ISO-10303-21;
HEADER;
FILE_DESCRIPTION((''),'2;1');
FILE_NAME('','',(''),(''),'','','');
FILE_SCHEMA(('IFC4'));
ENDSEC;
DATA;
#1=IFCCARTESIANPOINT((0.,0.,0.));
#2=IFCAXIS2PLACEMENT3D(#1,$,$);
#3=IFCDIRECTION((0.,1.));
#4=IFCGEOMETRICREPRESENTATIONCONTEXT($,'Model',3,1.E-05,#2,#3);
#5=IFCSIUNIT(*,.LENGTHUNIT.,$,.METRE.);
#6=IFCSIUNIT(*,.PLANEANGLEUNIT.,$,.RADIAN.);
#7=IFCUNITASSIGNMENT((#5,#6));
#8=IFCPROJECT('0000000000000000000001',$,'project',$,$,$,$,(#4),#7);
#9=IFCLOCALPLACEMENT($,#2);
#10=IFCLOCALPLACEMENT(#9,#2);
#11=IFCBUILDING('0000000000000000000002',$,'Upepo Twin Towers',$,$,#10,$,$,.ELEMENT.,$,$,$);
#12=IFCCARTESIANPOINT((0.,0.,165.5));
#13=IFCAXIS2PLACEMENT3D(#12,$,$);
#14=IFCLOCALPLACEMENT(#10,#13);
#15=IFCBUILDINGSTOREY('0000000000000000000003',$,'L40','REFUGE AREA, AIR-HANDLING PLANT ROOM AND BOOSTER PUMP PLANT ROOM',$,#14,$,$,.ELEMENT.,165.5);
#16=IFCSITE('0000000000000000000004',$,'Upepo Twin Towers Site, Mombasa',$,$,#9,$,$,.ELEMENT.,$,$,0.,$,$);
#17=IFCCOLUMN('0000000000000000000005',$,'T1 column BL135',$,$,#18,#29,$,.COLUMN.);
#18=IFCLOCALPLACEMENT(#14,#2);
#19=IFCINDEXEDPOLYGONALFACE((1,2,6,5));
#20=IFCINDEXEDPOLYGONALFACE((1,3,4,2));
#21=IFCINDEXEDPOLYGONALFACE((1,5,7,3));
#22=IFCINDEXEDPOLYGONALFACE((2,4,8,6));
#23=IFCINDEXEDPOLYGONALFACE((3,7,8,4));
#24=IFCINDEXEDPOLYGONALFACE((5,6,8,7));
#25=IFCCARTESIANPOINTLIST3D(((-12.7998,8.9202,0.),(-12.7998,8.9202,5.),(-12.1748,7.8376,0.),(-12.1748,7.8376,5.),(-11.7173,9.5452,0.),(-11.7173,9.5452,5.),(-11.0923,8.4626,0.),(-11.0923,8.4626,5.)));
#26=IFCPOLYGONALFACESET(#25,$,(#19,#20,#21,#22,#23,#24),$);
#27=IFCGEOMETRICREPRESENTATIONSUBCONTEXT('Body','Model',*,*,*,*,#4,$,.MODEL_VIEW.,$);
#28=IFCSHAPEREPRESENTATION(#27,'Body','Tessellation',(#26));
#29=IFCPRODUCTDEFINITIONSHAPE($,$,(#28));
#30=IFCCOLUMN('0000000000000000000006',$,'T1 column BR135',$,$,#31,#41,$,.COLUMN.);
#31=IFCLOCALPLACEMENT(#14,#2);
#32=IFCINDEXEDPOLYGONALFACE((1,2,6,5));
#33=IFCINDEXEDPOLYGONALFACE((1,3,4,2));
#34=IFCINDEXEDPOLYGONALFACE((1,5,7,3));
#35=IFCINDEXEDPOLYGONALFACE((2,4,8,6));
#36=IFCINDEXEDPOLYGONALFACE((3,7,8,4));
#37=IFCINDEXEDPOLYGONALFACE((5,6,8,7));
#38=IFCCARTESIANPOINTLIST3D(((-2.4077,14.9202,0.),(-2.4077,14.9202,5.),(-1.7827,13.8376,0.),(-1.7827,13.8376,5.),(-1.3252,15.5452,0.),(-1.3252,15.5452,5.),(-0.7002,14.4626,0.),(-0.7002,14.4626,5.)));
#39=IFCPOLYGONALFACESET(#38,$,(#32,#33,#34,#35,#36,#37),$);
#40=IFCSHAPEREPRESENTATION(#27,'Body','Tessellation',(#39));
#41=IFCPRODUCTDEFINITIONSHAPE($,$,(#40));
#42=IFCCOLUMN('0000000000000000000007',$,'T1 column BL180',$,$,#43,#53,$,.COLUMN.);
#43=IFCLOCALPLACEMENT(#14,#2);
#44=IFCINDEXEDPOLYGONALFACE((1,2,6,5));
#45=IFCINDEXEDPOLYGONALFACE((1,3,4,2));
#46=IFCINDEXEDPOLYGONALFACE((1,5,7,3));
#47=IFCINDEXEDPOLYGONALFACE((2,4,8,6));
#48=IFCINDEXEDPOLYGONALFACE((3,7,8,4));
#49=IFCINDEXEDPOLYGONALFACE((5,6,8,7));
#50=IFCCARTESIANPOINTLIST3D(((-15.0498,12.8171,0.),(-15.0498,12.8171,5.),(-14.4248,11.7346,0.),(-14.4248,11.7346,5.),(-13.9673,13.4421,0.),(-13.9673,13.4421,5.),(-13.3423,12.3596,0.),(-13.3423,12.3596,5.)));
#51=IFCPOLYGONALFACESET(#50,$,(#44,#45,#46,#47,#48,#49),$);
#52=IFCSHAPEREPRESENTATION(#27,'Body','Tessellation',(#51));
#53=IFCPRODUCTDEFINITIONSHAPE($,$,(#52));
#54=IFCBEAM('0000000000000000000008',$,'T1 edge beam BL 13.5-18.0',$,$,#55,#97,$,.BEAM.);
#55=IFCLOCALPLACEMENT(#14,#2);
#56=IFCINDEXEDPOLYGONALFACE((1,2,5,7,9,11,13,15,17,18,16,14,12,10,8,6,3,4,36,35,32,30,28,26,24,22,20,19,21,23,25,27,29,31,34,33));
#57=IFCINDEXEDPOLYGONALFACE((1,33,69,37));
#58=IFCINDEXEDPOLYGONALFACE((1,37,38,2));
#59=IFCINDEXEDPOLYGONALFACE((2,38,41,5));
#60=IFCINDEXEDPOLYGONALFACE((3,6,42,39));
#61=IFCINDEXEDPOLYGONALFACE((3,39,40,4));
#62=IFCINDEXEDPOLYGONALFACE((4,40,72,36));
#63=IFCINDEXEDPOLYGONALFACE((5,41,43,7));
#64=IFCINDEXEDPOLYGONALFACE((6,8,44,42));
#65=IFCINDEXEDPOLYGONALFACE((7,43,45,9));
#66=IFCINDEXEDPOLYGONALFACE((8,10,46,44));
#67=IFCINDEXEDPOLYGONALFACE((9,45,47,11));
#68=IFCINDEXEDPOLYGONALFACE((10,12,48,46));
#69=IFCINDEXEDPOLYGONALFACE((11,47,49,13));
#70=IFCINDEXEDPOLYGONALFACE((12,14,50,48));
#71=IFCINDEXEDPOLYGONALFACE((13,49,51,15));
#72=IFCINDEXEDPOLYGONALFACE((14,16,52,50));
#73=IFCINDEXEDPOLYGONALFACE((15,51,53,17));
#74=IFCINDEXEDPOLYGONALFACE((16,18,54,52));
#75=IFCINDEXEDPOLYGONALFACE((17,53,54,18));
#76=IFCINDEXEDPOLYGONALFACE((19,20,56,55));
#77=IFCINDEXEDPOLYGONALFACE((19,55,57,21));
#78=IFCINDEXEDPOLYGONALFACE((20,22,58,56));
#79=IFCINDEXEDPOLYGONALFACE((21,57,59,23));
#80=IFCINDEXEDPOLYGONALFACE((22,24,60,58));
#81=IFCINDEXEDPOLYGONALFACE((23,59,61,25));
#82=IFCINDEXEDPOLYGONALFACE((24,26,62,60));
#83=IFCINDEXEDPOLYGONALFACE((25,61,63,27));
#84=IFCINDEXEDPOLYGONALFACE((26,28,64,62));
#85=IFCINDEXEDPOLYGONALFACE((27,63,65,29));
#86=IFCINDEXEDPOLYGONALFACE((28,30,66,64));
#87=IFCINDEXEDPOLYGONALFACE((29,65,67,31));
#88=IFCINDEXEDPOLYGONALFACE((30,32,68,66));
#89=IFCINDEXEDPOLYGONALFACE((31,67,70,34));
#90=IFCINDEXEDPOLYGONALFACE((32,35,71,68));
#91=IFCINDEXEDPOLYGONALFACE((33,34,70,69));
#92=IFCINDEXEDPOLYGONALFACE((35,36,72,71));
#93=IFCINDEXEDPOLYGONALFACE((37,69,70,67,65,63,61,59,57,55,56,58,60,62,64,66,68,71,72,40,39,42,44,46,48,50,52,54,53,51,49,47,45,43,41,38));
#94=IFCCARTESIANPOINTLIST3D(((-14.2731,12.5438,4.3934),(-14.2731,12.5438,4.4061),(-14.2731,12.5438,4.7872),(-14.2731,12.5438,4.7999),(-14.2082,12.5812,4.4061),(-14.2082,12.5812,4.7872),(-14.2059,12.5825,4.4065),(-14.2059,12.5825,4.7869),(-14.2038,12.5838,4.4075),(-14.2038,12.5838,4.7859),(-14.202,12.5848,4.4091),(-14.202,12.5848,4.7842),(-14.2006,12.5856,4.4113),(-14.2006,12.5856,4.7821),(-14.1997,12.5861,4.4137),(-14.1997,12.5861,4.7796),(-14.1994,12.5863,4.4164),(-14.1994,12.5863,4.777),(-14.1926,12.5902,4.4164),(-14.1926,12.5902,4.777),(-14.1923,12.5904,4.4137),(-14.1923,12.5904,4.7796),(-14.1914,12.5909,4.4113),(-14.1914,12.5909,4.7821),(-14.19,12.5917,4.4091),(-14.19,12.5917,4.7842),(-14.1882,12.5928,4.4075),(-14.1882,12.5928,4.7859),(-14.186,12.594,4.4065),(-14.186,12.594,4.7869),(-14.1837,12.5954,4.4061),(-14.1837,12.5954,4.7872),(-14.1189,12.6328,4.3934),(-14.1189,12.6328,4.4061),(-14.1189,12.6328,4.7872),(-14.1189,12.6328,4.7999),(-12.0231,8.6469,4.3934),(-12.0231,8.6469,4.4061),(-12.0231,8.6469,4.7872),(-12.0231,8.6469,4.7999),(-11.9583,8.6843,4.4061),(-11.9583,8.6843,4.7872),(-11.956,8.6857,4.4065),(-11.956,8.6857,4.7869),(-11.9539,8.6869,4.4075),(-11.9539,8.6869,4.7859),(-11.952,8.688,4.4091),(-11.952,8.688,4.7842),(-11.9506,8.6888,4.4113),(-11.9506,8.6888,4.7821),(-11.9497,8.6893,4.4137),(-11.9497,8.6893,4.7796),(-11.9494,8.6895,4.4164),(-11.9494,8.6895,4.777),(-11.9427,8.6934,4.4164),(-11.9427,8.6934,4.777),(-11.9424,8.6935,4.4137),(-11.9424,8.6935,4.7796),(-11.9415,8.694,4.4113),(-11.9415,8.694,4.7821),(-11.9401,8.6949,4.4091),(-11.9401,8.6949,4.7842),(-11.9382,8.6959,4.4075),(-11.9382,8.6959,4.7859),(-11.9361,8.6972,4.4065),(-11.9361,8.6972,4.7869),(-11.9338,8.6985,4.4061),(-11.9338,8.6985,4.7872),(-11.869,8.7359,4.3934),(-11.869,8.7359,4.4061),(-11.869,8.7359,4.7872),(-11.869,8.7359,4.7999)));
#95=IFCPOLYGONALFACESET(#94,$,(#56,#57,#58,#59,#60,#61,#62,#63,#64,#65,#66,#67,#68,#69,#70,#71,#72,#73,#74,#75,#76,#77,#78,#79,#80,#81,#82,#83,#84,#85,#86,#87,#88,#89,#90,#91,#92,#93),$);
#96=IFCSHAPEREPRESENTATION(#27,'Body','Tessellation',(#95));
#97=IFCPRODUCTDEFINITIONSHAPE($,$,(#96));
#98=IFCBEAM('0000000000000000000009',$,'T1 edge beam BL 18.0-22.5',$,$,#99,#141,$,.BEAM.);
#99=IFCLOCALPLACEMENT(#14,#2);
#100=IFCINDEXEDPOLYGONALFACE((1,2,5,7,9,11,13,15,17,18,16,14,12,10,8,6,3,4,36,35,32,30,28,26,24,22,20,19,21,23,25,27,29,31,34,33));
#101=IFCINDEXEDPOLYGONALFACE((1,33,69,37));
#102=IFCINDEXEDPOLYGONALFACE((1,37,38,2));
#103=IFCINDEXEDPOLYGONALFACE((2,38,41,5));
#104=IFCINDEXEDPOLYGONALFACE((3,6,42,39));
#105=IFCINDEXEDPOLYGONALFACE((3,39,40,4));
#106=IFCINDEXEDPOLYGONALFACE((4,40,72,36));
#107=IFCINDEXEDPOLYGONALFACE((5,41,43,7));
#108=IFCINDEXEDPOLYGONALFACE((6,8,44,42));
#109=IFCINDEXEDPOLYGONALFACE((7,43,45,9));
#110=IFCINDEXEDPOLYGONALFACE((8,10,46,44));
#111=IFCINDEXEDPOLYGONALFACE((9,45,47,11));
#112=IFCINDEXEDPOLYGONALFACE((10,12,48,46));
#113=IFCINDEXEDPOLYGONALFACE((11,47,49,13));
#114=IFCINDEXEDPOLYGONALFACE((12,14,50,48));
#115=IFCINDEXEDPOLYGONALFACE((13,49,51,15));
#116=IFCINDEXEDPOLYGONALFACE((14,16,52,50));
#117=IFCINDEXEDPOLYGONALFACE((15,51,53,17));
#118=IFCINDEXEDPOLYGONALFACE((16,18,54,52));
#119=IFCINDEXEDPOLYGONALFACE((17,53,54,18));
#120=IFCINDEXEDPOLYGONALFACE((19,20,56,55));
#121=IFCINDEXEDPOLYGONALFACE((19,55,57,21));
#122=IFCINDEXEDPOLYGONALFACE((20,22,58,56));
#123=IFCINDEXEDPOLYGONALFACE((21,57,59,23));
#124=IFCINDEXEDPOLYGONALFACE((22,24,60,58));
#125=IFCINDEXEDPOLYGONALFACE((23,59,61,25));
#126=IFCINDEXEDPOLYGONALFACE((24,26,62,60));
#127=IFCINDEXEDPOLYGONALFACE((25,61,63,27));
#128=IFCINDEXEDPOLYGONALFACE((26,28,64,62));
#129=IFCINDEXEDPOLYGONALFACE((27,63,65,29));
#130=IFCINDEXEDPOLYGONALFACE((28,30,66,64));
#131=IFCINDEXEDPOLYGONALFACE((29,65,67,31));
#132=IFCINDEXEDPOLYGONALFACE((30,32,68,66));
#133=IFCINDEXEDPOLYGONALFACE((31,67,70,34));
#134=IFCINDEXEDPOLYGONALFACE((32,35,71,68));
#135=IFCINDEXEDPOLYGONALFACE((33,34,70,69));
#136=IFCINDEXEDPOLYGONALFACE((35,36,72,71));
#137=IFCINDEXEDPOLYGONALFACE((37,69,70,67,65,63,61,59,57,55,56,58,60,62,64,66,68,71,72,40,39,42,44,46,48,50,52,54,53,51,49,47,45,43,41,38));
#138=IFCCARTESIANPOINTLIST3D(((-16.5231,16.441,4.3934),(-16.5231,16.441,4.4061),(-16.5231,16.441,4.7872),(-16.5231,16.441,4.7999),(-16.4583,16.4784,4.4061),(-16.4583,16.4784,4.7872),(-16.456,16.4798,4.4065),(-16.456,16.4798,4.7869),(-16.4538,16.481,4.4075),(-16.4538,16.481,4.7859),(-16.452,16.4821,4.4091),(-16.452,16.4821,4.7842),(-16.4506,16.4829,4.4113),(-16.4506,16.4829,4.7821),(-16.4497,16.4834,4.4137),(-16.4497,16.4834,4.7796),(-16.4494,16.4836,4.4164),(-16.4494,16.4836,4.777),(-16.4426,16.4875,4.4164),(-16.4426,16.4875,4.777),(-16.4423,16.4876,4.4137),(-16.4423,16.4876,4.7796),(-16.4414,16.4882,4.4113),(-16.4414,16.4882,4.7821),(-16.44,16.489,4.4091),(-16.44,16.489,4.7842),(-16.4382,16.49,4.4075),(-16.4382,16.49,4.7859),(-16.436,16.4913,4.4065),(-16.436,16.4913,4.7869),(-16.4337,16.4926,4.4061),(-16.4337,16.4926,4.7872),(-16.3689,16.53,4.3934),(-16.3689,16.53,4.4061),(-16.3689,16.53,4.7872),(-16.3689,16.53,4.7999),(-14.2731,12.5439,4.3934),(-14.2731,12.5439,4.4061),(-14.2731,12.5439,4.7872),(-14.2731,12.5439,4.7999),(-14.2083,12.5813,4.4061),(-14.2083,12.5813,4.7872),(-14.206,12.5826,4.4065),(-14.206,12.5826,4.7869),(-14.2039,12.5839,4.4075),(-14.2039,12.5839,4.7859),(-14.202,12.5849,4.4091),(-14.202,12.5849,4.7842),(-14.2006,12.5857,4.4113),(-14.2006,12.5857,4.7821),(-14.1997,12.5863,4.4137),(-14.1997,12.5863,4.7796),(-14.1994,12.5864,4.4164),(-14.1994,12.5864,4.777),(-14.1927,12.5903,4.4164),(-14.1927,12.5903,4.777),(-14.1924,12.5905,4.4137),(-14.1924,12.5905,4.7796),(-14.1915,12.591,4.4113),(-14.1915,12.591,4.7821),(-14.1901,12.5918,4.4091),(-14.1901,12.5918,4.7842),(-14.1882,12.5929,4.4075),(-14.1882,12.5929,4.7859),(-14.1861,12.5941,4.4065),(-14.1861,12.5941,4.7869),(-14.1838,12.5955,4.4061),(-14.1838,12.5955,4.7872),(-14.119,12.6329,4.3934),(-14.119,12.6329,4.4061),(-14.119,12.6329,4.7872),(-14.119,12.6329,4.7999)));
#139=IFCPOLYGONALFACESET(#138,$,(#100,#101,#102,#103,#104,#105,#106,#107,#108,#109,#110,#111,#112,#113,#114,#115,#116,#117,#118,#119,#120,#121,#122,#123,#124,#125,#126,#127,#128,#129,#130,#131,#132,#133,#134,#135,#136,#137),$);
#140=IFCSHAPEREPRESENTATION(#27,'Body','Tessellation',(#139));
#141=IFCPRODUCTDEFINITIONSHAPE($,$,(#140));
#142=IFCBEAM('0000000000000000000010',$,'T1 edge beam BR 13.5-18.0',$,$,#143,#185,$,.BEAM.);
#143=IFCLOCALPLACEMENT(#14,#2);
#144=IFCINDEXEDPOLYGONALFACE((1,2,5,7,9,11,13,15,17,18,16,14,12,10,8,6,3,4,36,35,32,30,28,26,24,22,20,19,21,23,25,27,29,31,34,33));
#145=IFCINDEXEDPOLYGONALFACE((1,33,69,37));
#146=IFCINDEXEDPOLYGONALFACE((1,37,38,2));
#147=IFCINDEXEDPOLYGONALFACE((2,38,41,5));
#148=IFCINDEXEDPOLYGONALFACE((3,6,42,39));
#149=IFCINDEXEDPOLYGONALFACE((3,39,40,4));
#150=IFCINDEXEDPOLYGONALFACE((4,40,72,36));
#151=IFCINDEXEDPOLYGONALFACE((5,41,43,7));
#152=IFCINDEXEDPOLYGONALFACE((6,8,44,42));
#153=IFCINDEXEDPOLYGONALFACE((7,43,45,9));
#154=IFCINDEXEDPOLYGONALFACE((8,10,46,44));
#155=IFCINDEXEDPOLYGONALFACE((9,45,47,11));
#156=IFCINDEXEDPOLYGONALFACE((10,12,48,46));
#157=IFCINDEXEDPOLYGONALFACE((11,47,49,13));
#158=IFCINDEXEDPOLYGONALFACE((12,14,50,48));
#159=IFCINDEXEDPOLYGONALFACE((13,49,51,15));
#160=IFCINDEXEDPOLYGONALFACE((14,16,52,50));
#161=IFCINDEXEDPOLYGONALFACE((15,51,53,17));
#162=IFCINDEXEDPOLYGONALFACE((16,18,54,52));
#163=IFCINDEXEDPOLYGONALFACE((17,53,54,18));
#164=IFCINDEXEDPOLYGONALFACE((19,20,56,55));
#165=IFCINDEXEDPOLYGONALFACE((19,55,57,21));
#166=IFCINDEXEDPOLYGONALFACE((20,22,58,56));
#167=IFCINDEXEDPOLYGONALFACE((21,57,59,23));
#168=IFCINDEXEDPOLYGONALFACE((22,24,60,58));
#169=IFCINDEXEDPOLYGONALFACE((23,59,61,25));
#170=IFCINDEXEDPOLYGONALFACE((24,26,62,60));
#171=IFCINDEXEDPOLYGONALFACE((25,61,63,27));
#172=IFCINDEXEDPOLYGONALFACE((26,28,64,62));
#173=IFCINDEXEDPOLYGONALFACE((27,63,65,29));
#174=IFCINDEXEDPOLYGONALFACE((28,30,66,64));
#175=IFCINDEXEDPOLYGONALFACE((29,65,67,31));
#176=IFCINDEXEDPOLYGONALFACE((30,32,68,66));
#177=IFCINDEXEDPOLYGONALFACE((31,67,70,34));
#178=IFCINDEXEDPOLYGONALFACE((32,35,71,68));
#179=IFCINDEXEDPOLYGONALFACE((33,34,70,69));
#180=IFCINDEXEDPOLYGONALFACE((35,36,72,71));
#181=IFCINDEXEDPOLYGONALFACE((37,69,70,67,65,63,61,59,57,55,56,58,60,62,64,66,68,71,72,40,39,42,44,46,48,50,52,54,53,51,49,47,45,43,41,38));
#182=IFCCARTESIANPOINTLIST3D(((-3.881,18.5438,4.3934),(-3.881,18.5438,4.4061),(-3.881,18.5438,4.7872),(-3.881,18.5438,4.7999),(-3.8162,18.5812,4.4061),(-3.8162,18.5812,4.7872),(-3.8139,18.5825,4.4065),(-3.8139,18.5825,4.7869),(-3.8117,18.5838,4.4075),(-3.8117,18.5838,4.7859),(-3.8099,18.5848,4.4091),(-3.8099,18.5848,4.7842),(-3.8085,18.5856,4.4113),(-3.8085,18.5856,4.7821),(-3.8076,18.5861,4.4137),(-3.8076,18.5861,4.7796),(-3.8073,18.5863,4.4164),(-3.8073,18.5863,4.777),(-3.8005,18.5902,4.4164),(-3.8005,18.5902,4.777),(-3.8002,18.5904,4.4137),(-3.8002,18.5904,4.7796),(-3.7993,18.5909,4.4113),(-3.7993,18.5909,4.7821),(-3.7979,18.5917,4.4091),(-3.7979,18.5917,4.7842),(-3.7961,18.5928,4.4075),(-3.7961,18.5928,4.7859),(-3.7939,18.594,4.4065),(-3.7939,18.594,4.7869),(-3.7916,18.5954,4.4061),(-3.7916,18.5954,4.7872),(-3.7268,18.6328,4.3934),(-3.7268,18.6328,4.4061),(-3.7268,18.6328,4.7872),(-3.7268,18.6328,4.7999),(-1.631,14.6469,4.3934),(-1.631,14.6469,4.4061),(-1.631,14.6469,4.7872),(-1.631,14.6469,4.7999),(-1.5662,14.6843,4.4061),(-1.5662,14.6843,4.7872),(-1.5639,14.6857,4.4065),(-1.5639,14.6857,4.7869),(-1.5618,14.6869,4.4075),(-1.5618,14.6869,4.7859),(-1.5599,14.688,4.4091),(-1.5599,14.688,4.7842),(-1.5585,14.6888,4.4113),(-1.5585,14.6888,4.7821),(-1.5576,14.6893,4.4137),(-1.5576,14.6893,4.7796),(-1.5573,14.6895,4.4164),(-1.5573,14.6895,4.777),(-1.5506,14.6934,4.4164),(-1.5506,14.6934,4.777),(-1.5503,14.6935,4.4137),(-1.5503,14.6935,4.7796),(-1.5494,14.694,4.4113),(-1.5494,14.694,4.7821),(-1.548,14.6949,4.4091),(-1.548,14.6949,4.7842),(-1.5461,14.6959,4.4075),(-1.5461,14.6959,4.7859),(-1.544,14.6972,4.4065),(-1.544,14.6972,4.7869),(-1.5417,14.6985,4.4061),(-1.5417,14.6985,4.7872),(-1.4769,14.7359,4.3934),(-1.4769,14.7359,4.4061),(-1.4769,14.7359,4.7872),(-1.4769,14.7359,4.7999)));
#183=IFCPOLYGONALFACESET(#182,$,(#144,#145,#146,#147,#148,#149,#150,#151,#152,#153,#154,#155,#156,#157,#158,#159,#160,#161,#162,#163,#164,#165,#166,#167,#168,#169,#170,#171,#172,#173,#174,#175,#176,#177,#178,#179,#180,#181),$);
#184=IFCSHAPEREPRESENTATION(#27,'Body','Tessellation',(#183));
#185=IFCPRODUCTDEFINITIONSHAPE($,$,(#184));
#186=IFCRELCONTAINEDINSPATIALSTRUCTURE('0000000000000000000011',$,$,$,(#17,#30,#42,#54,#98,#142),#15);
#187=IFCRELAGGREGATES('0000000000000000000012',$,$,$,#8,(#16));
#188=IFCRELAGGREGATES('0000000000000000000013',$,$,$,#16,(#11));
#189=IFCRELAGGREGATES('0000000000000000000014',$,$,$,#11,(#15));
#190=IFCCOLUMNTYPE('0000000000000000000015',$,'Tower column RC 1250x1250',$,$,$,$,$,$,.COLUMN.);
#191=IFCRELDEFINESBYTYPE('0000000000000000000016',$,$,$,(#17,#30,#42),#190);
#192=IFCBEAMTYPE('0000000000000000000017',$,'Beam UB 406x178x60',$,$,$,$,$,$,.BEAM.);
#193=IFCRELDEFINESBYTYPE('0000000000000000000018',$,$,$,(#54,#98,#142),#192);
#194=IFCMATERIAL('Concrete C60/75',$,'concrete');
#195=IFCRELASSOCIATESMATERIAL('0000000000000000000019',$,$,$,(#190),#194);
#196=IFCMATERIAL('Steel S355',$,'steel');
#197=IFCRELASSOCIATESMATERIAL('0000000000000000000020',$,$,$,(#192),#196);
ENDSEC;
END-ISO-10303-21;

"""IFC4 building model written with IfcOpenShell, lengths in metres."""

from ifc_helpers import new_model, si_unit, direction, frame, origin, origin_2d, place, context, subcontext, project, spatial, rectangle, i_section, extrude, material, material_profile, profile_set, type_object, element, save


model = new_model("IFC4")

# Units and contexts
model_context = context("Model", 3, precision=1e-05, world=origin(), true_north=direction((0.0, 1.0)))
body_context = subcontext(model_context, "Body", "Model", "MODEL_VIEW")
ifc_project = project(units=[si_unit("LENGTHUNIT", "METRE"), si_unit("PLANEANGLEUNIT", "RADIAN")], contexts=[model_context])

# Site, building, storey
site_placement = place(None, origin())
site = spatial("IfcSite", under=ifc_project, at=site_placement, Name="Upepo Twin Towers Site, Mombasa", CompositionType="ELEMENT", RefElevation=0.0)
building_placement = place(site_placement, origin())
building = spatial("IfcBuilding", under=site, at=building_placement, Name="Upepo Twin Towers", CompositionType="ELEMENT")
storey_placement = place(building_placement, frame((0.0, 0.0, 165.5)))
storey = spatial("IfcBuildingStorey", under=building, at=storey_placement, Name="L40", Description="REFUGE AREA, AIR-HANDLING PLANT ROOM AND BOOSTER PUMP PLANT ROOM", CompositionType="ELEMENT", Elevation=165.5)

# Columns
ifc_material_1 = material(Name="Concrete C60/75", Category="concrete")
ifc_material_profile_1 = material_profile(ifc_material_1, rectangle(XDim=1.25, YDim=1.25, at=origin_2d()), Name="RC 1250x1250")
ifc_profile_set_1 = profile_set([ifc_material_profile_1], Name="Concrete C60/75")
column_type = type_object("IfcColumnType", Name="Tower column RC 1250x1250", PredefinedType="COLUMN", material=ifc_profile_set_1)
for number, where, z_axis, x_axis, name in (
    (1, (-11.946, 8.6914, 0.0), (0.0, 0.0, 1.0), (0.866025, 0.5, 0.0), "T1 column BL135"),
    (2, (-1.554, 14.6914, 0.0), (0.0, 0.0, 1.0), (0.866025, 0.5, 0.0), "T1 column BR135"),
    (3, (-14.196, 12.5884, 0.0), (0.0, 0.0, 1.0), (0.866025, 0.5, 0.0), "T1 column BL180"),
):
    element("IfcColumn", number, at=place(storey_placement, frame(where, z_axis=z_axis, x_axis=x_axis)), inside=storey, type_object=column_type, Name=name, PredefinedType="COLUMN", context=body_context, shape_type="SweptSolid", body=[
        extrude(rectangle(XDim=1.25, YDim=1.25, at=origin_2d()), origin(), (0.0, 0.0, 1.0), 5.0),
    ])

# Beams
ifc_material_2 = material(Name="Steel S355", Category="steel")
ifc_material_profile_2 = material_profile(ifc_material_2, i_section(OverallWidth=0.178, OverallDepth=0.4065, WebThickness=0.0078, FlangeThickness=0.0127, FilletRadius=0.0103, at=origin_2d()), Name="UB 406x178x60")
ifc_profile_set_2 = profile_set([ifc_material_profile_2], Name="Steel S355")
beam_type_1 = type_object("IfcBeamType", Name="Beam UB 406x178x60", PredefinedType="BEAM", material=ifc_profile_set_2)
beam_1_placement = place(storey_placement, frame((-11.946, 8.6914, 4.5967), z_axis=(-0.500014, 0.866018, 0.0), x_axis=(-0.866018, -0.500014, 0.0)))
element("IfcBeam", 4, at=beam_1_placement, inside=storey, type_object=beam_type_1, Name="T1 edge beam BL 13.5-18.0", PredefinedType="BEAM", context=body_context, shape_type="SweptSolid", body=[
    extrude(i_section(OverallWidth=0.178, OverallDepth=0.4065, WebThickness=0.0078, FlangeThickness=0.0127, FilletRadius=0.0103, at=origin_2d()), origin(), (0.0, 0.0, 1.0), 4.4998),
])
beam_2_placement = place(storey_placement, frame((-14.196, 12.5884, 4.5967), z_axis=(-0.49999, 0.866031, 0.0), x_axis=(-0.866031, -0.49999, 0.0)))
element("IfcBeam", 5, at=beam_2_placement, inside=storey, type_object=beam_type_1, Name="T1 edge beam BL 18.0-22.5", PredefinedType="BEAM", context=body_context, shape_type="SweptSolid", body=[
    extrude(i_section(OverallWidth=0.178, OverallDepth=0.4065, WebThickness=0.0078, FlangeThickness=0.0127, FilletRadius=0.0103, at=origin_2d()), origin(), (0.0, 0.0, 1.0), 4.5),
])
beam_3_placement = place(storey_placement, frame((-1.554, 14.6914, 4.5967), z_axis=(-0.500014, 0.866018, 0.0), x_axis=(-0.866018, -0.500014, 0.0)))
element("IfcBeam", 6, at=beam_3_placement, inside=storey, type_object=beam_type_1, Name="T1 edge beam BR 13.5-18.0", PredefinedType="BEAM", context=body_context, shape_type="SweptSolid", body=[
    extrude(i_section(OverallWidth=0.178, OverallDepth=0.4065, WebThickness=0.0078, FlangeThickness=0.0127, FilletRadius=0.0103, at=origin_2d()), origin(), (0.0, 0.0, 1.0), 4.4998),
])

save(model, "model.ifc")
